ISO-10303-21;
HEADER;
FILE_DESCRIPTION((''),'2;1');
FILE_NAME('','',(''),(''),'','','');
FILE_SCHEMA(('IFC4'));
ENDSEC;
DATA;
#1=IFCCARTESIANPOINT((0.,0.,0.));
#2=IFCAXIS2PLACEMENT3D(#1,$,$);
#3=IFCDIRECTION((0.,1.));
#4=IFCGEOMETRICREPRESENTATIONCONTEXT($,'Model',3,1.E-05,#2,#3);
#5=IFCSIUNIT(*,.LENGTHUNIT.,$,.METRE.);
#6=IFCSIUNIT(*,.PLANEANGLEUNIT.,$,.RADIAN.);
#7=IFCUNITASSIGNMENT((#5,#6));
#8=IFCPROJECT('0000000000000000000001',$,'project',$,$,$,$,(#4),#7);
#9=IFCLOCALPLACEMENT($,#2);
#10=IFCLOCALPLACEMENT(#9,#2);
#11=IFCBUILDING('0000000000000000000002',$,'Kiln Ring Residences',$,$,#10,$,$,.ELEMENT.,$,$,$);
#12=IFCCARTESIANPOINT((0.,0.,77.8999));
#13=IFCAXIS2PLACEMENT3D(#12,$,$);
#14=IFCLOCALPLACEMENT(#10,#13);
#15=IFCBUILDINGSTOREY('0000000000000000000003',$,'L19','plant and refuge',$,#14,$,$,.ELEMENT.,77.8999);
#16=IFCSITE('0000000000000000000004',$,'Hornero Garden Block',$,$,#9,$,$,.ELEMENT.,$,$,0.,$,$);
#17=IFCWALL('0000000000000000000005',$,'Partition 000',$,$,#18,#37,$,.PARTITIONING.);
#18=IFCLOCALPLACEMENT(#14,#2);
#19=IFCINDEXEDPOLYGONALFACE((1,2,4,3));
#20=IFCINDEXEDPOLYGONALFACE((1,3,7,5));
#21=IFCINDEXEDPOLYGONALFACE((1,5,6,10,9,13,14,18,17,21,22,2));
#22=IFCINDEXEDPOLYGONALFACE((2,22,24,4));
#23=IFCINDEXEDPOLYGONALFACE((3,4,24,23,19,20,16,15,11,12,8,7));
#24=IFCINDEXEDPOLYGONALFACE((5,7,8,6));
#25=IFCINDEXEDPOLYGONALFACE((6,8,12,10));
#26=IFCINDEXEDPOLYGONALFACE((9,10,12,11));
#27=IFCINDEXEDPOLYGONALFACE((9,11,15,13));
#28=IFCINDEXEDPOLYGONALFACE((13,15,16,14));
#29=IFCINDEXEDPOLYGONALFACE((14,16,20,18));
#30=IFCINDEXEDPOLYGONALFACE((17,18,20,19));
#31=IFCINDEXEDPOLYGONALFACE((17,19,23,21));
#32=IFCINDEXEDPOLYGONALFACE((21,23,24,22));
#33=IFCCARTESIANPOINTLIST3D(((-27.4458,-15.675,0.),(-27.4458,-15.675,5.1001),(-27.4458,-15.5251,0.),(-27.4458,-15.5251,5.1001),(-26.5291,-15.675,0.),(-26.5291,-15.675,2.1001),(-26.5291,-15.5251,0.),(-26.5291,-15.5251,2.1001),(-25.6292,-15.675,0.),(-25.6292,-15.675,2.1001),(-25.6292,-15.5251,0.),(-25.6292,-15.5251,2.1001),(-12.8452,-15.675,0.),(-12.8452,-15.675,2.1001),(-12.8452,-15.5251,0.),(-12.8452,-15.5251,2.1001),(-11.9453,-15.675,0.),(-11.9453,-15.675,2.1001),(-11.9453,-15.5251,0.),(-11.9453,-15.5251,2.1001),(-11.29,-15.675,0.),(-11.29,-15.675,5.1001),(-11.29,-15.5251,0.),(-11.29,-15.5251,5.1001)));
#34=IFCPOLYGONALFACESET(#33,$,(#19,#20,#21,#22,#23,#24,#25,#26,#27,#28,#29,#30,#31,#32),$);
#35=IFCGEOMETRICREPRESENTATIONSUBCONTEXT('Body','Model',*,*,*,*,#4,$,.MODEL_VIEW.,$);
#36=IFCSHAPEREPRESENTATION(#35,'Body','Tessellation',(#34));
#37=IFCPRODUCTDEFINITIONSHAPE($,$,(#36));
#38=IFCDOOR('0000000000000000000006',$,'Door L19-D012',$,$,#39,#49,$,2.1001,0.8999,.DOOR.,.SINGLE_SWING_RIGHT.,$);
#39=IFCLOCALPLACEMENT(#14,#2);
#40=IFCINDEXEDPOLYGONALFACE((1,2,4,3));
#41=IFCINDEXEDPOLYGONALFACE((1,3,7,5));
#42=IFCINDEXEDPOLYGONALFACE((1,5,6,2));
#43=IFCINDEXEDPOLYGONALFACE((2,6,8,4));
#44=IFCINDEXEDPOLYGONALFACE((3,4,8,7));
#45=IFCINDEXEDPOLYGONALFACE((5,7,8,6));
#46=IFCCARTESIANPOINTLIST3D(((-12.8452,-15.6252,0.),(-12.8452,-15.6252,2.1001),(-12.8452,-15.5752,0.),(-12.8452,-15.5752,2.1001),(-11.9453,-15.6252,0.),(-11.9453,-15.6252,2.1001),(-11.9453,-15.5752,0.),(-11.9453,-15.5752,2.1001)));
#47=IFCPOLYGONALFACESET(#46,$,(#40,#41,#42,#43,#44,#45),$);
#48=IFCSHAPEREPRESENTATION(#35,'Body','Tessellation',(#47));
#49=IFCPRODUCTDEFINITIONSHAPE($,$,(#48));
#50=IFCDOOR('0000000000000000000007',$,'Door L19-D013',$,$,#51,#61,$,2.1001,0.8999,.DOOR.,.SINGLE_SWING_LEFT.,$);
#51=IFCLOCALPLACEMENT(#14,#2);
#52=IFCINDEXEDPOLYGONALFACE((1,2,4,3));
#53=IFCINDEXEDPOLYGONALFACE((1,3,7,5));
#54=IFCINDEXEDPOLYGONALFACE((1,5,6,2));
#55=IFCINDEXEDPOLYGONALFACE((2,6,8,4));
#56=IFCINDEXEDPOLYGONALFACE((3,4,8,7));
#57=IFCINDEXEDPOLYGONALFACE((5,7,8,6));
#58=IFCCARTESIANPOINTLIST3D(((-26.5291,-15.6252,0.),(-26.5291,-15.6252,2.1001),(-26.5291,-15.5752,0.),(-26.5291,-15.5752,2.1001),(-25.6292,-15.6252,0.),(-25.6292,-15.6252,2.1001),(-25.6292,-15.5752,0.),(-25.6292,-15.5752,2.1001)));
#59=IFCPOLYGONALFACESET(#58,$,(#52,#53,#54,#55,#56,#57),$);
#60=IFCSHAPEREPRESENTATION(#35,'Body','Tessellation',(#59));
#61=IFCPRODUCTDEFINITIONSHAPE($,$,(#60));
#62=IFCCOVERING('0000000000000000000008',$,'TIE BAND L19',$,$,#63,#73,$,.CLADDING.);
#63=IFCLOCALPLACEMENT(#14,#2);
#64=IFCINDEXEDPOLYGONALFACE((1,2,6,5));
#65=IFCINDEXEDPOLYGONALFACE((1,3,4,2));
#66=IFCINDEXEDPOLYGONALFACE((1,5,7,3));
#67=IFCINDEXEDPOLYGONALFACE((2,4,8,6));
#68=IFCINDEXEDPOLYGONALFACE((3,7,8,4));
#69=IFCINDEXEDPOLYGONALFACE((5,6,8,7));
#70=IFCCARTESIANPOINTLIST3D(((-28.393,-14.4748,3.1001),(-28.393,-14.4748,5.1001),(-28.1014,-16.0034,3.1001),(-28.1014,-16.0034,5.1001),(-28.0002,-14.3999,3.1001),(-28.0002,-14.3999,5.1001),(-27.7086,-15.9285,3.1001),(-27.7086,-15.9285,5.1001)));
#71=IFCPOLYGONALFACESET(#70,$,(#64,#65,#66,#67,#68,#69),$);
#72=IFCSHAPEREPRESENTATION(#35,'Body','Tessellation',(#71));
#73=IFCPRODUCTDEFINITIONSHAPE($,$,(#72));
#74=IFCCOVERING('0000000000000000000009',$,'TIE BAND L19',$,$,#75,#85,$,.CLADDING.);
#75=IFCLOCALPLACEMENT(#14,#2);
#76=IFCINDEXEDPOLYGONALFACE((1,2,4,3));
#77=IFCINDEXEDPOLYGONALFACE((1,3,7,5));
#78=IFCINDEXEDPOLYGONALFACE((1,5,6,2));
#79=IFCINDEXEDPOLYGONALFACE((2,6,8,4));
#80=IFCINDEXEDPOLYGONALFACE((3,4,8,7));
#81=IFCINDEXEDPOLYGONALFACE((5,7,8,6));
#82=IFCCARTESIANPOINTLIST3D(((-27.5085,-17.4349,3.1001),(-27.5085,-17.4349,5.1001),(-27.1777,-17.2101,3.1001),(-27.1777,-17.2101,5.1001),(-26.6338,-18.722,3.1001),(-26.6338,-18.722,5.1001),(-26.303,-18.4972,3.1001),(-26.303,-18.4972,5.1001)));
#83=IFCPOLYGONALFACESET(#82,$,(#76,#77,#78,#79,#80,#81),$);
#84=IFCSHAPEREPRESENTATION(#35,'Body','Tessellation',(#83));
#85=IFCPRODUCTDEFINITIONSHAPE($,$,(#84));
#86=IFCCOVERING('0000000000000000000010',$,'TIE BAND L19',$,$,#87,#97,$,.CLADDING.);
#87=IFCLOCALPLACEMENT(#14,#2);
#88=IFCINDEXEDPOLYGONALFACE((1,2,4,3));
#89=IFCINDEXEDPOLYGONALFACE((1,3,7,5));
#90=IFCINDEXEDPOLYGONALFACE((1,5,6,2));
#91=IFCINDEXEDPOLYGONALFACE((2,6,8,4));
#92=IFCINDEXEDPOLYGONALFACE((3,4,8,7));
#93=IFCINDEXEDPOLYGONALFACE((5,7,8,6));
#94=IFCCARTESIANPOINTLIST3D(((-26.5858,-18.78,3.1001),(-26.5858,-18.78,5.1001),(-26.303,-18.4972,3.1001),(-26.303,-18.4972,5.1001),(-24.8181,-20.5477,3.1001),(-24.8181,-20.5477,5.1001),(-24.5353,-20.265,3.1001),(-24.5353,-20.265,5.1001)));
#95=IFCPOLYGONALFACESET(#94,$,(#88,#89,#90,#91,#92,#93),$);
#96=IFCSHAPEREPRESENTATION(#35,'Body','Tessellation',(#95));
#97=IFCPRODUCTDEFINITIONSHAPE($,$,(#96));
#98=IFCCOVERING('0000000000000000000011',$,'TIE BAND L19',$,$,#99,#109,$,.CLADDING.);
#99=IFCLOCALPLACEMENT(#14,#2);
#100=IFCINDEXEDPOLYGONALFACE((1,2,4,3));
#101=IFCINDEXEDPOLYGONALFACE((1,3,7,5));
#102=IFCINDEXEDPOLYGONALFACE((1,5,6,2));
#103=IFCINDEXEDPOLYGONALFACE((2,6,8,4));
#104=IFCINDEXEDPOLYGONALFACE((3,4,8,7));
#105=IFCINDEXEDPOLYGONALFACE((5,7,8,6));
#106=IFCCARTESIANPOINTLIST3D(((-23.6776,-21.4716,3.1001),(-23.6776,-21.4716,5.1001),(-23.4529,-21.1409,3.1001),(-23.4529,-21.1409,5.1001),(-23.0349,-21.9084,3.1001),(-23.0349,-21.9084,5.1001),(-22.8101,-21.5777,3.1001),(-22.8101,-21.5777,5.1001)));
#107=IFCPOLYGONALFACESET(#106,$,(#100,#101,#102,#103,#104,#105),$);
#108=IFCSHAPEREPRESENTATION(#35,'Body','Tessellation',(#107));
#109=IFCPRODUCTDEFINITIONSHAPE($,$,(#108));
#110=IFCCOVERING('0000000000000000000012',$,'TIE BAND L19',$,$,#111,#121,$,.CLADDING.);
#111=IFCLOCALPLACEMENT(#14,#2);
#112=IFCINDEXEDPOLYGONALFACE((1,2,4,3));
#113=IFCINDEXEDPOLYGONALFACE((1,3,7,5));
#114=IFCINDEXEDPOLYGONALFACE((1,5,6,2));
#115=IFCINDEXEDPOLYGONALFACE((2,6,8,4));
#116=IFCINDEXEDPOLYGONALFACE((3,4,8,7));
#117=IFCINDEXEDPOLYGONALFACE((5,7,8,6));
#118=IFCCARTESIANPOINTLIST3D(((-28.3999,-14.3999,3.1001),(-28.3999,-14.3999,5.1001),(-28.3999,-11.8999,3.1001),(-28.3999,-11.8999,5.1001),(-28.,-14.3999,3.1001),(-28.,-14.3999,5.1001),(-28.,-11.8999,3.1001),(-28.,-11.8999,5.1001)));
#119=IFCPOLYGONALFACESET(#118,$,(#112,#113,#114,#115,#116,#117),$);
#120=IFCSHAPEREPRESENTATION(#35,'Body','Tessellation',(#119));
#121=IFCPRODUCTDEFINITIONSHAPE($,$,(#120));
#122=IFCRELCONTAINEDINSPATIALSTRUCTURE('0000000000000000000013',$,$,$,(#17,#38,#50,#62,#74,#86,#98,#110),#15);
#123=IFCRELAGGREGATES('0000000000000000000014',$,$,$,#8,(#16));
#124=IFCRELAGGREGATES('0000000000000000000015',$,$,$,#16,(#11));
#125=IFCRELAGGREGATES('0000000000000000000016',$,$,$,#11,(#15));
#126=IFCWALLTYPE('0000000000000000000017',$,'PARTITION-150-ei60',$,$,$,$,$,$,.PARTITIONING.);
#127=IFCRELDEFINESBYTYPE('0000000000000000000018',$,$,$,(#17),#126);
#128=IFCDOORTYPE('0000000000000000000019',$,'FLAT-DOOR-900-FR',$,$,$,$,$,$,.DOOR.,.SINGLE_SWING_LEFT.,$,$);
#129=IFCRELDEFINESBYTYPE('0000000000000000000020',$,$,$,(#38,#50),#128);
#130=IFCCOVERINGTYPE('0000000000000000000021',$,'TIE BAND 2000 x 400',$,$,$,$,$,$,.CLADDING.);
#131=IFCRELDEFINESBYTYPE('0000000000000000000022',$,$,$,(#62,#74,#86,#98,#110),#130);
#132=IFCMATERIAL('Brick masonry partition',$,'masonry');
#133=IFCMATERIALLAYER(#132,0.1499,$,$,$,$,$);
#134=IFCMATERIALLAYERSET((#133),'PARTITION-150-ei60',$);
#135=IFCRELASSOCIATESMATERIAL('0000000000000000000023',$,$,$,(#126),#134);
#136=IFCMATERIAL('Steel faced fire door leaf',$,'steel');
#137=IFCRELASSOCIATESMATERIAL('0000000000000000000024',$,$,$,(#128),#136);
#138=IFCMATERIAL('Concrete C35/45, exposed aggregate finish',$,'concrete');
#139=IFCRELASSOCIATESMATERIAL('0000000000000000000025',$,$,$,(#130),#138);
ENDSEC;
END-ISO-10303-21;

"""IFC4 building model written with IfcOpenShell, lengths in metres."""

from ifc_helpers import new_model, si_unit, direction, frame, frame_2d, origin, origin_2d, place, context, subcontext, project, spatial, rectangle, extrude, material, layer, layer_set, type_object, element, fill, save


model = new_model("IFC4")

# Units and contexts
model_context = context("Model", 3, precision=1e-05, world=origin(), true_north=direction((0.0, 1.0)))
body_context = subcontext(model_context, "Body", "Model", "MODEL_VIEW")
ifc_project = project(units=[si_unit("LENGTHUNIT", "METRE"), si_unit("PLANEANGLEUNIT", "RADIAN")], contexts=[model_context])

# Site, building, storey
site_placement = place(None, origin())
site = spatial("IfcSite", under=ifc_project, at=site_placement, Name="Hornero Garden Block", CompositionType="ELEMENT", RefElevation=0.0)
building_placement = place(site_placement, origin())
building = spatial("IfcBuilding", under=site, at=building_placement, Name="Kiln Ring Residences", CompositionType="ELEMENT")
storey_placement = place(building_placement, frame((0.0, 0.0, 77.8999)))
storey = spatial("IfcBuildingStorey", under=building, at=storey_placement, Name="L19", Description="plant and refuge", CompositionType="ELEMENT", Elevation=77.8999)

# Wall, openings, doors
ifc_material_1 = material(Name="Brick masonry partition", Category="masonry")
ifc_layer_1 = layer(ifc_material_1, 0.1499)
ifc_layer_set_1 = layer_set([ifc_layer_1], Name="PARTITION-150-ei60")
wall_type_1 = type_object("IfcWallType", Name="PARTITION-150-ei60", PredefinedType="PARTITIONING", material=ifc_layer_set_1)
wall_1_placement = place(storey_placement, frame((-27.4458, -15.6001, 0.0), z_axis=(0.0, 0.0, 1.0), x_axis=(1.0, 0.0, 0.0)))
wall_1 = element("IfcWall", 1, at=wall_1_placement, inside=storey, type_object=wall_type_1, Name="Partition 000", PredefinedType="PARTITIONING", context=body_context, shape_type="SweptSolid", body=[
    extrude(rectangle(XDim=16.1558, YDim=0.1499, at=frame_2d((8.0779, 0.0))), origin(), (0.0, 0.0, 1.0), 5.1001),
])
opening_1_placement = place(wall_1_placement, frame((14.6006, 0.0, 0.0)))
opening_1 = element("IfcOpeningElement", 2, at=opening_1_placement, cuts=wall_1, PredefinedType="OPENING", context=body_context, shape_type="SweptSolid", body=[
    extrude(rectangle(XDim=0.8999, YDim=2.1001, at=frame_2d((0.45, 1.05))), frame((0.0, 0.085, 0.0), z_axis=(0.0, -1.0, 0.0), x_axis=(1.0, 0.0, 0.0)), (0.0, 0.0, 1.0), 0.1699),
])
opening_2_placement = place(wall_1_placement, frame((0.9167, 0.0, 0.0)))
opening_2 = element("IfcOpeningElement", 3, at=opening_2_placement, cuts=wall_1, PredefinedType="OPENING", context=body_context, shape_type="SweptSolid", body=[
    extrude(rectangle(XDim=0.8999, YDim=2.1001, at=frame_2d((0.45, 1.05))), frame((0.0, 0.085, 0.0), z_axis=(0.0, -1.0, 0.0), x_axis=(1.0, 0.0, 0.0)), (0.0, 0.0, 1.0), 0.1699),
])
ifc_material_2 = material(Name="Steel faced fire door leaf", Category="steel")
door_type_1 = type_object("IfcDoorType", Name="FLAT-DOOR-900-FR", OperationType="SINGLE_SWING_LEFT", PredefinedType="DOOR", material=ifc_material_2)
door_1_placement = place(opening_1_placement, origin())
door_1 = element("IfcDoor", 4, at=door_1_placement, inside=storey, type_object=door_type_1, Name="Door L19-D012", OperationType="SINGLE_SWING_RIGHT", OverallHeight=2.1001, OverallWidth=0.8999, PredefinedType="DOOR", context=body_context, shape_type="SweptSolid", body=[
    extrude(rectangle(XDim=0.8999, YDim=2.1001, at=frame_2d((0.45, 1.05))), frame((0.0, 0.0249, 0.0), z_axis=(0.0, -1.0, 0.0), x_axis=(1.0, 0.0, 0.0)), (0.0, 0.0, 1.0), 0.05),
])
fill(opening_1, door_1)
door_2_placement = place(opening_2_placement, origin())
door_2 = element("IfcDoor", 5, at=door_2_placement, inside=storey, type_object=door_type_1, Name="Door L19-D013", OperationType="SINGLE_SWING_LEFT", OverallHeight=2.1001, OverallWidth=0.8999, PredefinedType="DOOR", context=body_context, shape_type="SweptSolid", body=[
    extrude(rectangle(XDim=0.8999, YDim=2.1001, at=frame_2d((0.45, 1.05))), frame((0.0, 0.0249, 0.0), z_axis=(0.0, -1.0, 0.0), x_axis=(1.0, 0.0, 0.0)), (0.0, 0.0, 1.0), 0.05),
])
fill(opening_2, door_2)

# Coverings
ifc_material_3 = material(Name="Concrete C35/45, exposed aggregate finish", Category="concrete")
covering_type = type_object("IfcCoveringType", Name="TIE BAND 2000 x 400", PredefinedType="CLADDING", material=ifc_material_3)
for number, where, z_axis, x_axis, name in (
    (6, (-28.0508, -15.2017, 3.1001), (0.0, 0.0, 1.0), (0.187366, -0.98229, 0.0), "TIE BAND L19"),
    (7, (-26.9058, -17.9661, 3.1001), (0.0, 0.0, 1.0), (0.562097, -0.827072, 0.0), "TIE BAND L19"),
):
    element("IfcCovering", number, at=place(storey_placement, frame(where, z_axis=z_axis, x_axis=x_axis)), inside=storey, type_object=covering_type, Name=name, PredefinedType="CLADDING", context=body_context, shape_type="SweptSolid", body=[
        extrude(rectangle(XDim=1.5562, YDim=0.3999, at=origin_2d()), origin(), (0.0, 0.0, 1.0), 2.0),
    ])
covering_1_placement = place(storey_placement, frame((-25.5605, -19.5225, 3.1001), z_axis=(0.0, 0.0, 1.0), x_axis=(0.707107, -0.707107, 0.0)))
element("IfcCovering", 8, at=covering_1_placement, inside=storey, type_object=covering_type, Name="TIE BAND L19", PredefinedType="CLADDING", context=body_context, shape_type="SweptSolid", body=[
    extrude(rectangle(XDim=2.5, YDim=0.3999, at=origin_2d()), origin(), (0.0, 0.0, 1.0), 2.0),
])
covering_2_placement = place(storey_placement, frame((-23.2439, -21.5247, 3.1001), z_axis=(0.0, 0.0, 1.0), x_axis=(0.827072, -0.562097, 0.0)))
element("IfcCovering", 9, at=covering_2_placement, inside=storey, type_object=covering_type, Name="TIE BAND L19", PredefinedType="CLADDING", context=body_context, shape_type="SweptSolid", body=[
    extrude(rectangle(XDim=0.7771, YDim=0.3999, at=origin_2d()), origin(), (0.0, 0.0, 1.0), 2.0),
])
covering_3_placement = place(storey_placement, frame((-28.2, -13.1499, 3.1001), z_axis=(0.0, 0.0, 1.0), x_axis=(0.0, -1.0, 0.0)))
element("IfcCovering", 10, at=covering_3_placement, inside=storey, type_object=covering_type, Name="TIE BAND L19", PredefinedType="CLADDING", context=body_context, shape_type="SweptSolid", body=[
    extrude(rectangle(XDim=2.5, YDim=0.3999, at=origin_2d()), origin(), (0.0, 0.0, 1.0), 2.0),
])

save(model, "model.ifc")
